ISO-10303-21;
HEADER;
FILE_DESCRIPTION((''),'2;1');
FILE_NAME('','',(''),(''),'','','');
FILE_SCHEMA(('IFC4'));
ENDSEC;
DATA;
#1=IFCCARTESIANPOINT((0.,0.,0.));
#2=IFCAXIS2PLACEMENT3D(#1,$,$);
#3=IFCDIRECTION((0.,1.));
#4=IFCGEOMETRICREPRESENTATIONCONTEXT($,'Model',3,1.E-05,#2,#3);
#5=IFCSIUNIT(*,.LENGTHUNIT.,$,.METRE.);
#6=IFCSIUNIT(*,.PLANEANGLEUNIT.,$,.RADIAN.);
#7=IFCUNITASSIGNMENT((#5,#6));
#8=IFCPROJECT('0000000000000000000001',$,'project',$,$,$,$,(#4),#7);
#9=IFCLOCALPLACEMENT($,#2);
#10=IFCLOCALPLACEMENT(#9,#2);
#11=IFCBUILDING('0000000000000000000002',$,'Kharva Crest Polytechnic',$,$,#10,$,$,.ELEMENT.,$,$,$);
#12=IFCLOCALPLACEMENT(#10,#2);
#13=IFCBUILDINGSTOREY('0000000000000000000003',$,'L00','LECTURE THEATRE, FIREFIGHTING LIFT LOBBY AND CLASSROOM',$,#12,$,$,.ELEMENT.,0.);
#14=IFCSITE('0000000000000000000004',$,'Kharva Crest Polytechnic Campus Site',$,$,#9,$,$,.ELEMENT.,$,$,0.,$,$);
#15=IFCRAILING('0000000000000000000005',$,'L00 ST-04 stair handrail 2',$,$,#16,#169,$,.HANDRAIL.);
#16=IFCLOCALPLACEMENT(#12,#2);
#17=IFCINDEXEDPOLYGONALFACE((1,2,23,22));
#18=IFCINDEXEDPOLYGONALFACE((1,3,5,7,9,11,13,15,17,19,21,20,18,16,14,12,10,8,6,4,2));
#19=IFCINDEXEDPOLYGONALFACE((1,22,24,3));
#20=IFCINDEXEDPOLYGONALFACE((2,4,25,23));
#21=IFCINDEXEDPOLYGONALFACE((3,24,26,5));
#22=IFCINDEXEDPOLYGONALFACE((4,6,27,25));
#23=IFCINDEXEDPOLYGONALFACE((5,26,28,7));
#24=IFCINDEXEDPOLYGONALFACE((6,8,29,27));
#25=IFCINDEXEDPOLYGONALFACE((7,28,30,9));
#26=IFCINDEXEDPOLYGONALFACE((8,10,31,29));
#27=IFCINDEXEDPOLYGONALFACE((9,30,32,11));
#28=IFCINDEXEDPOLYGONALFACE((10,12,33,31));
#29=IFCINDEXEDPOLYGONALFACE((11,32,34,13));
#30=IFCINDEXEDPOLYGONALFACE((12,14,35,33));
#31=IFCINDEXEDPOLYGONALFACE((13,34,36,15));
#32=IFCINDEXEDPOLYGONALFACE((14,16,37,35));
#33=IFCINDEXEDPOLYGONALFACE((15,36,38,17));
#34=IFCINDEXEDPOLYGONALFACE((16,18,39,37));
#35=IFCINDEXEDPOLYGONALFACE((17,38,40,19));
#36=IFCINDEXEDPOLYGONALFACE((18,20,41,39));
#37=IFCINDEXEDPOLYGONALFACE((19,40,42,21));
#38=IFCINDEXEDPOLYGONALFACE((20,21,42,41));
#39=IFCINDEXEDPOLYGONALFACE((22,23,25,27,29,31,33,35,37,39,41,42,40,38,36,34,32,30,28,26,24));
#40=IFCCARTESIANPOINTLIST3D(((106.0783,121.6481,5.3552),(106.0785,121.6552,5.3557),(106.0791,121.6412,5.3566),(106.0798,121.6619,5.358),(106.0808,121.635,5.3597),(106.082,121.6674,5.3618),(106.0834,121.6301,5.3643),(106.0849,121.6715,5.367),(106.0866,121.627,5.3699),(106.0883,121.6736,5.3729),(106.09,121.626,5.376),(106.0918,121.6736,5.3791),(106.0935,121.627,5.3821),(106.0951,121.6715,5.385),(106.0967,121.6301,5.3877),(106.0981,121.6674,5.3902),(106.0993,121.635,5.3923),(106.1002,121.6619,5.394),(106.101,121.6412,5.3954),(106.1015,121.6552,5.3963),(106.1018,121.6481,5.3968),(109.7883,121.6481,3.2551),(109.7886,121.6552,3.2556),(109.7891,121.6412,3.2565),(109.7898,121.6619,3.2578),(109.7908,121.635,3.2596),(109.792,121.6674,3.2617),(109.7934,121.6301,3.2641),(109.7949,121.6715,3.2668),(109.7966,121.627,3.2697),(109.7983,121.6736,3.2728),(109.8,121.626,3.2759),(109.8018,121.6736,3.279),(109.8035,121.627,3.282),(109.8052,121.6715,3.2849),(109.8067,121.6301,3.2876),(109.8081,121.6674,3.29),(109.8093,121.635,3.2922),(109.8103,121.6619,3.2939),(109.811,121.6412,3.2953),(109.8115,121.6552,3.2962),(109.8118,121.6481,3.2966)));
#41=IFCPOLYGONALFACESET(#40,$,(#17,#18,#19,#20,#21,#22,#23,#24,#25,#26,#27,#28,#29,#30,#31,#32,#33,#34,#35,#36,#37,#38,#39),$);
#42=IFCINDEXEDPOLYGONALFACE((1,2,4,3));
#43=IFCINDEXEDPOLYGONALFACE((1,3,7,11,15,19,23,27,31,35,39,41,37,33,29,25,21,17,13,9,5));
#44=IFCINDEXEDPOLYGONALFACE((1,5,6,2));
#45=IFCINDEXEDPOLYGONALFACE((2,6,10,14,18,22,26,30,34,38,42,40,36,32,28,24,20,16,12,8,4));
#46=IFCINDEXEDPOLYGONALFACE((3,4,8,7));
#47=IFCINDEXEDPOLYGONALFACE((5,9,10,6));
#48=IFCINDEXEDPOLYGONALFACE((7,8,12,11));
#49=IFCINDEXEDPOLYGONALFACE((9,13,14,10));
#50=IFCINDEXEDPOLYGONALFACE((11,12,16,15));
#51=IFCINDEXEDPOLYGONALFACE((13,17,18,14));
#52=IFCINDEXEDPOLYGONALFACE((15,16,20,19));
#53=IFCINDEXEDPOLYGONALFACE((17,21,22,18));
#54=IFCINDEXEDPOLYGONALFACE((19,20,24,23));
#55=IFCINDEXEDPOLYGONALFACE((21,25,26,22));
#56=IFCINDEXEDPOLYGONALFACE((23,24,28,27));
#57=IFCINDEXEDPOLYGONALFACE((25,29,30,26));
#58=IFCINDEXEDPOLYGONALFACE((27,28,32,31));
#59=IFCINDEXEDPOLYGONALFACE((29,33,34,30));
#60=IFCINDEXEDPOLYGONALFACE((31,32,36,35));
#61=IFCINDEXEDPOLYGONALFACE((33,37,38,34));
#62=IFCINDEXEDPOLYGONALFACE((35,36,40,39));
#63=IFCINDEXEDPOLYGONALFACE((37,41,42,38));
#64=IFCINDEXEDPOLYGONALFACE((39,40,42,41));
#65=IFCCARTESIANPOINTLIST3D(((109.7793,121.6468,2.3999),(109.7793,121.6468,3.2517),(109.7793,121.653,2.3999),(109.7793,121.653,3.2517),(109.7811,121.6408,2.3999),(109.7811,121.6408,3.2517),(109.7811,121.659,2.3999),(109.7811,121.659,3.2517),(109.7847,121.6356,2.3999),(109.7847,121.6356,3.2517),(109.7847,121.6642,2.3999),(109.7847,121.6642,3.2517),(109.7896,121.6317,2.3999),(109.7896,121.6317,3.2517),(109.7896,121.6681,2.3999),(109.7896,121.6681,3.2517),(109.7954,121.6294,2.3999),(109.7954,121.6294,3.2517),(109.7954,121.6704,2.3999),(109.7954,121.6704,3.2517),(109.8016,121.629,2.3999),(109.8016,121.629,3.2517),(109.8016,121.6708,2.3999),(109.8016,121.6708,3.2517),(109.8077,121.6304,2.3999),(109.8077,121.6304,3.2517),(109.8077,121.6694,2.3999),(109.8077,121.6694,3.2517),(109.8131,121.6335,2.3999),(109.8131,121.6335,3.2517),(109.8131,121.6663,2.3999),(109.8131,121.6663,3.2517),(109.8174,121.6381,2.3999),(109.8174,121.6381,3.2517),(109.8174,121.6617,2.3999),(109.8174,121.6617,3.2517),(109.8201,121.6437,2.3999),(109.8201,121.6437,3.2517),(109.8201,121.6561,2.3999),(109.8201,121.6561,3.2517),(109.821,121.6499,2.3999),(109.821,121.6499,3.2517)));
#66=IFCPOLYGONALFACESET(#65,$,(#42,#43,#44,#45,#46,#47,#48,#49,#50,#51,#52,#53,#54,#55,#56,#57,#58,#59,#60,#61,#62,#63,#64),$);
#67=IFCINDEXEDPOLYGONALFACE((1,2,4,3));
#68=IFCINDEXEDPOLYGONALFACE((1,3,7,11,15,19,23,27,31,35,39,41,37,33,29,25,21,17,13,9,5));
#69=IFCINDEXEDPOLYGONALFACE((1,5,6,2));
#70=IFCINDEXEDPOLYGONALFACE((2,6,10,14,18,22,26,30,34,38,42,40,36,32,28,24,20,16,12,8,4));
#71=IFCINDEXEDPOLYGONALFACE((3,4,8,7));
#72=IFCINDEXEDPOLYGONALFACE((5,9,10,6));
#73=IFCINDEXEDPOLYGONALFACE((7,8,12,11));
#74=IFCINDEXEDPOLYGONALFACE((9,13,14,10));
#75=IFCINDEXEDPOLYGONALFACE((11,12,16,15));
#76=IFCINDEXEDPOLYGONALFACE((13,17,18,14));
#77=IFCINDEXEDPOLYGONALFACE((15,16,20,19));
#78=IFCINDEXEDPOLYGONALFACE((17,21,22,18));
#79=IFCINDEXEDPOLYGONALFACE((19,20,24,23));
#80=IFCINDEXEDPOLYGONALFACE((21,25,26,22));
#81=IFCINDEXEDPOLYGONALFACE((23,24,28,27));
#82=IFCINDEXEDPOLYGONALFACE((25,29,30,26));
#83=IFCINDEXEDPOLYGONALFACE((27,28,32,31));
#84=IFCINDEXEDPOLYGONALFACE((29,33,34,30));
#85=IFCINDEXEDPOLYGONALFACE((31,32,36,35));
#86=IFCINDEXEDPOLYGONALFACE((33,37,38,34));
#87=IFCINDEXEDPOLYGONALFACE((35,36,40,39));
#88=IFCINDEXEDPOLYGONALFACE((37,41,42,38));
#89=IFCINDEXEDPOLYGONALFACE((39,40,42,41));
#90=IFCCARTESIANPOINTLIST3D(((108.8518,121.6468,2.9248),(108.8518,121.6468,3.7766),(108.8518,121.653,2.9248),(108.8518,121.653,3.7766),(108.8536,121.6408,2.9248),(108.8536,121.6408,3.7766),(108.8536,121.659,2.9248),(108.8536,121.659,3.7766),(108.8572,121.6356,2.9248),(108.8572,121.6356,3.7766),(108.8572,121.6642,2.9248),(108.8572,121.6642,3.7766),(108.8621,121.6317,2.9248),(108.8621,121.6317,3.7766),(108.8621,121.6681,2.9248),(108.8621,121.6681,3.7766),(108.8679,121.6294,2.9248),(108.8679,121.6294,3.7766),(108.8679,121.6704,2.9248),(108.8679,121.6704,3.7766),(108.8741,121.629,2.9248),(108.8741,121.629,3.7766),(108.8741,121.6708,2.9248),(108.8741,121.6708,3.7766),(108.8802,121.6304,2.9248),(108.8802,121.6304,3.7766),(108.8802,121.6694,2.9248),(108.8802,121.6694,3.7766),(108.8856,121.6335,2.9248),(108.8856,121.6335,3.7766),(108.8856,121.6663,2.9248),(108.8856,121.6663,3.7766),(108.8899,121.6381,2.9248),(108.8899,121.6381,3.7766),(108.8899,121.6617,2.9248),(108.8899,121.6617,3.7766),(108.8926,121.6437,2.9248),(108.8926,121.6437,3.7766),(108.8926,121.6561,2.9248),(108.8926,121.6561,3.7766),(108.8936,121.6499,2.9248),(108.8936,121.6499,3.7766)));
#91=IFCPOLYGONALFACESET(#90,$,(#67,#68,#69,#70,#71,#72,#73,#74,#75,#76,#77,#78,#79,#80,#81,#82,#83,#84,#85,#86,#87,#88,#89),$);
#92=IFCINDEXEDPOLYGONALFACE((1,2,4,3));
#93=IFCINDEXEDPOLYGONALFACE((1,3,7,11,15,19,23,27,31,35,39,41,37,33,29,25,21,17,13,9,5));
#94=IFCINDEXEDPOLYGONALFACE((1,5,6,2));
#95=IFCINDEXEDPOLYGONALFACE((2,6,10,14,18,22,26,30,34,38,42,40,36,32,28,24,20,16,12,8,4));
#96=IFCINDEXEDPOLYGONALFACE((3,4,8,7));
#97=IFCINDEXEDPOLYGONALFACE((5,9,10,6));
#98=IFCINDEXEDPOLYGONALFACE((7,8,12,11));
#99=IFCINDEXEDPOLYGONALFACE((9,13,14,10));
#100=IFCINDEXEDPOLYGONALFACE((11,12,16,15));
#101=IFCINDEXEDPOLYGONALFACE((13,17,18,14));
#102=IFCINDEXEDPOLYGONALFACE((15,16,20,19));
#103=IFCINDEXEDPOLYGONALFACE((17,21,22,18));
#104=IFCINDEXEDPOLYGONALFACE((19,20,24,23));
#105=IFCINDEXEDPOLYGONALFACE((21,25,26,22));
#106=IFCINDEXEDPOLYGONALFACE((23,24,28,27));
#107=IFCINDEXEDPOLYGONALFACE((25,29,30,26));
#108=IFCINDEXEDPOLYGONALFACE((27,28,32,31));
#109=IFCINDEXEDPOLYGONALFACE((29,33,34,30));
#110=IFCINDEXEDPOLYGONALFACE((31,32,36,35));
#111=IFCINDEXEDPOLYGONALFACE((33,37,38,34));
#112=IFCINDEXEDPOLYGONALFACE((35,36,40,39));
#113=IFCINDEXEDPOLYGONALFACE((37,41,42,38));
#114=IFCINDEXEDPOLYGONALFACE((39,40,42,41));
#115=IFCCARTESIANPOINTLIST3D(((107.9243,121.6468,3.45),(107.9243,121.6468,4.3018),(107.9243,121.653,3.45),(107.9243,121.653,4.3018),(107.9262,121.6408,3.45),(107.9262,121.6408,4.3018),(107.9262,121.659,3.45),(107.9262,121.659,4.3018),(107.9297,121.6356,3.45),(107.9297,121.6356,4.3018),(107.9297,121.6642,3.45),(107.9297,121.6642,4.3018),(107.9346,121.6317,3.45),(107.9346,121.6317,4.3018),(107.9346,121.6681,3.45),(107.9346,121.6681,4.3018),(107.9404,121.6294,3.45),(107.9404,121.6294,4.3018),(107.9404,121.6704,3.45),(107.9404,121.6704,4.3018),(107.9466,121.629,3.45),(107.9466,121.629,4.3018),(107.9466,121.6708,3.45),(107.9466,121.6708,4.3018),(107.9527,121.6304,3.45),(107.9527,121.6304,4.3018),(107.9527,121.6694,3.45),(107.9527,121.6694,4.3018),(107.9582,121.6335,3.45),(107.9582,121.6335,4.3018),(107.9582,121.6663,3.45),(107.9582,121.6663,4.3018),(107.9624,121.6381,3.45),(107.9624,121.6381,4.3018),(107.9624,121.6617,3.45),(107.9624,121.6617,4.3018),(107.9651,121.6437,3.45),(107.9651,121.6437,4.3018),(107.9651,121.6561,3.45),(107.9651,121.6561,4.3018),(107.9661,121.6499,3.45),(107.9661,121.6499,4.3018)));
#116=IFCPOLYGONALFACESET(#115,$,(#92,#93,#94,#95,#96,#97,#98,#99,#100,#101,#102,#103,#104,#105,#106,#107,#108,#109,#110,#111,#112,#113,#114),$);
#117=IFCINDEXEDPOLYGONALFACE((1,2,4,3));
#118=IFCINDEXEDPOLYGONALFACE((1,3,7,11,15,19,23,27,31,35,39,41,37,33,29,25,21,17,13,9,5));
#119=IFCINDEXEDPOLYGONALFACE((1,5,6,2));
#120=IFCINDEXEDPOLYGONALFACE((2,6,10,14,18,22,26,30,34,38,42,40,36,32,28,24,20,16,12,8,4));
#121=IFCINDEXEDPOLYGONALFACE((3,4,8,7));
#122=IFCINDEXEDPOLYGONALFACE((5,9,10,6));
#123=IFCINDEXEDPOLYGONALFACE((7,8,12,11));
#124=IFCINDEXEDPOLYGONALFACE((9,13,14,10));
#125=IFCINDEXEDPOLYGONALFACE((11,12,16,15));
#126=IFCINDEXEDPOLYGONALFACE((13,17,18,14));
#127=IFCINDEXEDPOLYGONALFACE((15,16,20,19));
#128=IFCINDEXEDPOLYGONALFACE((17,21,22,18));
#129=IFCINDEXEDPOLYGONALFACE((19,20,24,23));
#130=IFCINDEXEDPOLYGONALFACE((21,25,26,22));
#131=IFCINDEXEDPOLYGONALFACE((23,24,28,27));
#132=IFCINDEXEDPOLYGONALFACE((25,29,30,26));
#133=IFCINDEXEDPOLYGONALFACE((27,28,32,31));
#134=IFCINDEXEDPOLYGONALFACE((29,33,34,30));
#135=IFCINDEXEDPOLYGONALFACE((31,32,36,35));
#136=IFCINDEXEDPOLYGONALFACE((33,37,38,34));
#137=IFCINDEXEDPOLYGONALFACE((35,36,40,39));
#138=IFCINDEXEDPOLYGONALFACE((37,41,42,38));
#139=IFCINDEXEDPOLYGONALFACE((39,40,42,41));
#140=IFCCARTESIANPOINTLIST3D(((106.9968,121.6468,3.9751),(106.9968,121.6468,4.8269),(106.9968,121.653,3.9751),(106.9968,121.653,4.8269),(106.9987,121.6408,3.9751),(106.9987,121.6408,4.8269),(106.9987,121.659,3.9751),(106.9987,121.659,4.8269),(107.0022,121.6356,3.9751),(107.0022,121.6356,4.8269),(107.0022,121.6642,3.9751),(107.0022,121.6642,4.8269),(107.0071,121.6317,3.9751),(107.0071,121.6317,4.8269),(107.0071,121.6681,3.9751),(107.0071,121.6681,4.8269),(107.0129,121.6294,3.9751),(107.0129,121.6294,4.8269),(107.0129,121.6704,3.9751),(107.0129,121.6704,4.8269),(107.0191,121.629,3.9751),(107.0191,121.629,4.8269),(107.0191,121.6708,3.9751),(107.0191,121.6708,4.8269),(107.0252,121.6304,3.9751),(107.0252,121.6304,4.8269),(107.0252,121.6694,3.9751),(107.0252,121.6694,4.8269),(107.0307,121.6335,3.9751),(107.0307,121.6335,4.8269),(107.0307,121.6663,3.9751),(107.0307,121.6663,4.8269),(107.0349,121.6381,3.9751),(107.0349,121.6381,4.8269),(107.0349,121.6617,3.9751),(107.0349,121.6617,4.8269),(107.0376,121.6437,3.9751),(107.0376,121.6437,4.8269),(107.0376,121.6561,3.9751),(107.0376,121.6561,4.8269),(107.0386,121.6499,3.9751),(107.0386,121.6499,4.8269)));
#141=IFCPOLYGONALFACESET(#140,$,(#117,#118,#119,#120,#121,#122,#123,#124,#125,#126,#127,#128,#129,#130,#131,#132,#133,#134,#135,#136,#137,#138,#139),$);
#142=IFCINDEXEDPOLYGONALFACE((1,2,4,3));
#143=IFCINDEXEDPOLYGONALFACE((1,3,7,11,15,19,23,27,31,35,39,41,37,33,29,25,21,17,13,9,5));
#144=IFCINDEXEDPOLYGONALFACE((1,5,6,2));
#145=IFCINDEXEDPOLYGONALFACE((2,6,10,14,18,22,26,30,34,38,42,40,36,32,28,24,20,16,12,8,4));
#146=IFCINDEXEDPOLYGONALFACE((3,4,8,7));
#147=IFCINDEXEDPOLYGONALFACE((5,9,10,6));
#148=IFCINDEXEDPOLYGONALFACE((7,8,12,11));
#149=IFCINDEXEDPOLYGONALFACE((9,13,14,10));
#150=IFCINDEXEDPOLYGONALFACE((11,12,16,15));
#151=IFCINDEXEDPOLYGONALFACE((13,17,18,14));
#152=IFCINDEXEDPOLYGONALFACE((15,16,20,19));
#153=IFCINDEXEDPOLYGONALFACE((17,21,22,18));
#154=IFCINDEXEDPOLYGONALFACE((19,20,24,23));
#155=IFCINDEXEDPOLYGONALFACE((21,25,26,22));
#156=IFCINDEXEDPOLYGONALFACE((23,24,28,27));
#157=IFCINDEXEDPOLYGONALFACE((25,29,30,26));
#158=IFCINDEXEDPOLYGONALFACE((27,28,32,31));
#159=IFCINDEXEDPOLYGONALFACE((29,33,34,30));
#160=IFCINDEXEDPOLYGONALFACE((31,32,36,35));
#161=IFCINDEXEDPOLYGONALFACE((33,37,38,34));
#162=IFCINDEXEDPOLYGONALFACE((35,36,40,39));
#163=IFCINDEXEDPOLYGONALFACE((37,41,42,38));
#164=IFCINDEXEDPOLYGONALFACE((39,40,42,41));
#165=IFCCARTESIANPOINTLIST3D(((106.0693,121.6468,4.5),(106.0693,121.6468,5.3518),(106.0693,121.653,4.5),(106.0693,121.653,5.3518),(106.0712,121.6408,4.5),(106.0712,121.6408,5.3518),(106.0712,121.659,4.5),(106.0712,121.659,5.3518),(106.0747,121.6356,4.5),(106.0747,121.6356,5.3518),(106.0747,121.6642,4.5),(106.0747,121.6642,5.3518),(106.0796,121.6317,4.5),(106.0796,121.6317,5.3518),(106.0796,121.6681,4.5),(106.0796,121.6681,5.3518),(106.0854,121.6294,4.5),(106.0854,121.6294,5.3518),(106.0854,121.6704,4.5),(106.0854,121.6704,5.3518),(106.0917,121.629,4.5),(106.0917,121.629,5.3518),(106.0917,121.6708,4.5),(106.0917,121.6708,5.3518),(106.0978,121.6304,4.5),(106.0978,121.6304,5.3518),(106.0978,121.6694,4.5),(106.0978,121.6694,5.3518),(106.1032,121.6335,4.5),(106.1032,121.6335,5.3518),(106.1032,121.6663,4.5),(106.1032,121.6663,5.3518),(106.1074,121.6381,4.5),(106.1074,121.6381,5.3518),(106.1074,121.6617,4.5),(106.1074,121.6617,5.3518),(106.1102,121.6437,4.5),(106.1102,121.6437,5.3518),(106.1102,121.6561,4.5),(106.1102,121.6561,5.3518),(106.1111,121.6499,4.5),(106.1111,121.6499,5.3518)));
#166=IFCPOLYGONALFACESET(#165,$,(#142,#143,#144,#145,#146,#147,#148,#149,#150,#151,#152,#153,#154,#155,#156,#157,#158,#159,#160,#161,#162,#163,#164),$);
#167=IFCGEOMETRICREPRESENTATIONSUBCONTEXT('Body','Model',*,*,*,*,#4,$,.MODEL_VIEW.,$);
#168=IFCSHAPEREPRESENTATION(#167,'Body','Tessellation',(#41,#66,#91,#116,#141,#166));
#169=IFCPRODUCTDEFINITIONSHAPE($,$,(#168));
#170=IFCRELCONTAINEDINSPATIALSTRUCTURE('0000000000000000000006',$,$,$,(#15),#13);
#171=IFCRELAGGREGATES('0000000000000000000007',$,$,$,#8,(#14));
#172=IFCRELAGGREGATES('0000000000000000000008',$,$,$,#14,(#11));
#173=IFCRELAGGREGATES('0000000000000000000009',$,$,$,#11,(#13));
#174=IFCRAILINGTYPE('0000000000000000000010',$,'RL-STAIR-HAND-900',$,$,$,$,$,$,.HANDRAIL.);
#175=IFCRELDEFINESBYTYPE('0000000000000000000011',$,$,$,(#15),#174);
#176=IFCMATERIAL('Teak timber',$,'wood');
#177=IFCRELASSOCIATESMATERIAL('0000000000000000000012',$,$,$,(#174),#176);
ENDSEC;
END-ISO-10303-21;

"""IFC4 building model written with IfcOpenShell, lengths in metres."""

from ifc_helpers import new_model, si_unit, direction, frame, origin, origin_2d, place, context, subcontext, project, spatial, circle, extrude, material, type_object, element, save


model = new_model("IFC4")

# Units and contexts
model_context = context("Model", 3, precision=1e-05, world=origin(), true_north=direction((0.0, 1.0)))
body_context = subcontext(model_context, "Body", "Model", "MODEL_VIEW")
ifc_project = project(units=[si_unit("LENGTHUNIT", "METRE"), si_unit("PLANEANGLEUNIT", "RADIAN")], contexts=[model_context])

# Site, building, storey
site_placement = place(None, origin())
site = spatial("IfcSite", under=ifc_project, at=site_placement, Name="Kharva Crest Polytechnic Campus Site", CompositionType="ELEMENT", RefElevation=0.0)
building_placement = place(site_placement, origin())
building = spatial("IfcBuilding", under=site, at=building_placement, Name="Kharva Crest Polytechnic", CompositionType="ELEMENT")
storey_placement = place(building_placement, origin())
storey = spatial("IfcBuildingStorey", under=building, at=storey_placement, Name="L00", Description="LECTURE THEATRE, FIREFIGHTING LIFT LOBBY AND CLASSROOM", CompositionType="ELEMENT", Elevation=0.0)

# Shared definitions
ifc_material_1 = material(Name="Teak timber", Category="wood")

# Railing
railing_type_1 = type_object("IfcRailingType", Name="RL-STAIR-HAND-900", PredefinedType="HANDRAIL", material=ifc_material_1)
railing_1_placement = place(storey_placement, frame((109.8, 121.6499, 2.3999)))
element("IfcRailing", 1, at=railing_1_placement, inside=storey, type_object=railing_type_1, Name="L00 ST-04 stair handrail 2", PredefinedType="HANDRAIL", context=body_context, shape_type="SweptSolid", body=[
    extrude(circle(Radius=0.0239, at=origin_2d()), frame((0.0, 0.0, 0.876), z_axis=(-0.870245, 0.0, 0.492619), x_axis=(0.0, -1.0, 0.0)), (0.0, 0.0, 1.0), 4.2632),
    extrude(circle(Radius=0.021, at=origin_2d()), origin(), (0.0, 0.0, 1.0), 0.8518),
    extrude(circle(Radius=0.021, at=origin_2d()), frame((-0.9275, 0.0, 0.5249)), (0.0, 0.0, 1.0), 0.8518),
    extrude(circle(Radius=0.021, at=origin_2d()), frame((-1.855, 0.0, 1.05)), (0.0, 0.0, 1.0), 0.8518),
    extrude(circle(Radius=0.021, at=origin_2d()), frame((-2.7825, 0.0, 1.5752)), (0.0, 0.0, 1.0), 0.8518),
    extrude(circle(Radius=0.021, at=origin_2d()), frame((-3.71, 0.0, 2.1001)), (0.0, 0.0, 1.0), 0.8518),
])

save(model, "model.ifc")
